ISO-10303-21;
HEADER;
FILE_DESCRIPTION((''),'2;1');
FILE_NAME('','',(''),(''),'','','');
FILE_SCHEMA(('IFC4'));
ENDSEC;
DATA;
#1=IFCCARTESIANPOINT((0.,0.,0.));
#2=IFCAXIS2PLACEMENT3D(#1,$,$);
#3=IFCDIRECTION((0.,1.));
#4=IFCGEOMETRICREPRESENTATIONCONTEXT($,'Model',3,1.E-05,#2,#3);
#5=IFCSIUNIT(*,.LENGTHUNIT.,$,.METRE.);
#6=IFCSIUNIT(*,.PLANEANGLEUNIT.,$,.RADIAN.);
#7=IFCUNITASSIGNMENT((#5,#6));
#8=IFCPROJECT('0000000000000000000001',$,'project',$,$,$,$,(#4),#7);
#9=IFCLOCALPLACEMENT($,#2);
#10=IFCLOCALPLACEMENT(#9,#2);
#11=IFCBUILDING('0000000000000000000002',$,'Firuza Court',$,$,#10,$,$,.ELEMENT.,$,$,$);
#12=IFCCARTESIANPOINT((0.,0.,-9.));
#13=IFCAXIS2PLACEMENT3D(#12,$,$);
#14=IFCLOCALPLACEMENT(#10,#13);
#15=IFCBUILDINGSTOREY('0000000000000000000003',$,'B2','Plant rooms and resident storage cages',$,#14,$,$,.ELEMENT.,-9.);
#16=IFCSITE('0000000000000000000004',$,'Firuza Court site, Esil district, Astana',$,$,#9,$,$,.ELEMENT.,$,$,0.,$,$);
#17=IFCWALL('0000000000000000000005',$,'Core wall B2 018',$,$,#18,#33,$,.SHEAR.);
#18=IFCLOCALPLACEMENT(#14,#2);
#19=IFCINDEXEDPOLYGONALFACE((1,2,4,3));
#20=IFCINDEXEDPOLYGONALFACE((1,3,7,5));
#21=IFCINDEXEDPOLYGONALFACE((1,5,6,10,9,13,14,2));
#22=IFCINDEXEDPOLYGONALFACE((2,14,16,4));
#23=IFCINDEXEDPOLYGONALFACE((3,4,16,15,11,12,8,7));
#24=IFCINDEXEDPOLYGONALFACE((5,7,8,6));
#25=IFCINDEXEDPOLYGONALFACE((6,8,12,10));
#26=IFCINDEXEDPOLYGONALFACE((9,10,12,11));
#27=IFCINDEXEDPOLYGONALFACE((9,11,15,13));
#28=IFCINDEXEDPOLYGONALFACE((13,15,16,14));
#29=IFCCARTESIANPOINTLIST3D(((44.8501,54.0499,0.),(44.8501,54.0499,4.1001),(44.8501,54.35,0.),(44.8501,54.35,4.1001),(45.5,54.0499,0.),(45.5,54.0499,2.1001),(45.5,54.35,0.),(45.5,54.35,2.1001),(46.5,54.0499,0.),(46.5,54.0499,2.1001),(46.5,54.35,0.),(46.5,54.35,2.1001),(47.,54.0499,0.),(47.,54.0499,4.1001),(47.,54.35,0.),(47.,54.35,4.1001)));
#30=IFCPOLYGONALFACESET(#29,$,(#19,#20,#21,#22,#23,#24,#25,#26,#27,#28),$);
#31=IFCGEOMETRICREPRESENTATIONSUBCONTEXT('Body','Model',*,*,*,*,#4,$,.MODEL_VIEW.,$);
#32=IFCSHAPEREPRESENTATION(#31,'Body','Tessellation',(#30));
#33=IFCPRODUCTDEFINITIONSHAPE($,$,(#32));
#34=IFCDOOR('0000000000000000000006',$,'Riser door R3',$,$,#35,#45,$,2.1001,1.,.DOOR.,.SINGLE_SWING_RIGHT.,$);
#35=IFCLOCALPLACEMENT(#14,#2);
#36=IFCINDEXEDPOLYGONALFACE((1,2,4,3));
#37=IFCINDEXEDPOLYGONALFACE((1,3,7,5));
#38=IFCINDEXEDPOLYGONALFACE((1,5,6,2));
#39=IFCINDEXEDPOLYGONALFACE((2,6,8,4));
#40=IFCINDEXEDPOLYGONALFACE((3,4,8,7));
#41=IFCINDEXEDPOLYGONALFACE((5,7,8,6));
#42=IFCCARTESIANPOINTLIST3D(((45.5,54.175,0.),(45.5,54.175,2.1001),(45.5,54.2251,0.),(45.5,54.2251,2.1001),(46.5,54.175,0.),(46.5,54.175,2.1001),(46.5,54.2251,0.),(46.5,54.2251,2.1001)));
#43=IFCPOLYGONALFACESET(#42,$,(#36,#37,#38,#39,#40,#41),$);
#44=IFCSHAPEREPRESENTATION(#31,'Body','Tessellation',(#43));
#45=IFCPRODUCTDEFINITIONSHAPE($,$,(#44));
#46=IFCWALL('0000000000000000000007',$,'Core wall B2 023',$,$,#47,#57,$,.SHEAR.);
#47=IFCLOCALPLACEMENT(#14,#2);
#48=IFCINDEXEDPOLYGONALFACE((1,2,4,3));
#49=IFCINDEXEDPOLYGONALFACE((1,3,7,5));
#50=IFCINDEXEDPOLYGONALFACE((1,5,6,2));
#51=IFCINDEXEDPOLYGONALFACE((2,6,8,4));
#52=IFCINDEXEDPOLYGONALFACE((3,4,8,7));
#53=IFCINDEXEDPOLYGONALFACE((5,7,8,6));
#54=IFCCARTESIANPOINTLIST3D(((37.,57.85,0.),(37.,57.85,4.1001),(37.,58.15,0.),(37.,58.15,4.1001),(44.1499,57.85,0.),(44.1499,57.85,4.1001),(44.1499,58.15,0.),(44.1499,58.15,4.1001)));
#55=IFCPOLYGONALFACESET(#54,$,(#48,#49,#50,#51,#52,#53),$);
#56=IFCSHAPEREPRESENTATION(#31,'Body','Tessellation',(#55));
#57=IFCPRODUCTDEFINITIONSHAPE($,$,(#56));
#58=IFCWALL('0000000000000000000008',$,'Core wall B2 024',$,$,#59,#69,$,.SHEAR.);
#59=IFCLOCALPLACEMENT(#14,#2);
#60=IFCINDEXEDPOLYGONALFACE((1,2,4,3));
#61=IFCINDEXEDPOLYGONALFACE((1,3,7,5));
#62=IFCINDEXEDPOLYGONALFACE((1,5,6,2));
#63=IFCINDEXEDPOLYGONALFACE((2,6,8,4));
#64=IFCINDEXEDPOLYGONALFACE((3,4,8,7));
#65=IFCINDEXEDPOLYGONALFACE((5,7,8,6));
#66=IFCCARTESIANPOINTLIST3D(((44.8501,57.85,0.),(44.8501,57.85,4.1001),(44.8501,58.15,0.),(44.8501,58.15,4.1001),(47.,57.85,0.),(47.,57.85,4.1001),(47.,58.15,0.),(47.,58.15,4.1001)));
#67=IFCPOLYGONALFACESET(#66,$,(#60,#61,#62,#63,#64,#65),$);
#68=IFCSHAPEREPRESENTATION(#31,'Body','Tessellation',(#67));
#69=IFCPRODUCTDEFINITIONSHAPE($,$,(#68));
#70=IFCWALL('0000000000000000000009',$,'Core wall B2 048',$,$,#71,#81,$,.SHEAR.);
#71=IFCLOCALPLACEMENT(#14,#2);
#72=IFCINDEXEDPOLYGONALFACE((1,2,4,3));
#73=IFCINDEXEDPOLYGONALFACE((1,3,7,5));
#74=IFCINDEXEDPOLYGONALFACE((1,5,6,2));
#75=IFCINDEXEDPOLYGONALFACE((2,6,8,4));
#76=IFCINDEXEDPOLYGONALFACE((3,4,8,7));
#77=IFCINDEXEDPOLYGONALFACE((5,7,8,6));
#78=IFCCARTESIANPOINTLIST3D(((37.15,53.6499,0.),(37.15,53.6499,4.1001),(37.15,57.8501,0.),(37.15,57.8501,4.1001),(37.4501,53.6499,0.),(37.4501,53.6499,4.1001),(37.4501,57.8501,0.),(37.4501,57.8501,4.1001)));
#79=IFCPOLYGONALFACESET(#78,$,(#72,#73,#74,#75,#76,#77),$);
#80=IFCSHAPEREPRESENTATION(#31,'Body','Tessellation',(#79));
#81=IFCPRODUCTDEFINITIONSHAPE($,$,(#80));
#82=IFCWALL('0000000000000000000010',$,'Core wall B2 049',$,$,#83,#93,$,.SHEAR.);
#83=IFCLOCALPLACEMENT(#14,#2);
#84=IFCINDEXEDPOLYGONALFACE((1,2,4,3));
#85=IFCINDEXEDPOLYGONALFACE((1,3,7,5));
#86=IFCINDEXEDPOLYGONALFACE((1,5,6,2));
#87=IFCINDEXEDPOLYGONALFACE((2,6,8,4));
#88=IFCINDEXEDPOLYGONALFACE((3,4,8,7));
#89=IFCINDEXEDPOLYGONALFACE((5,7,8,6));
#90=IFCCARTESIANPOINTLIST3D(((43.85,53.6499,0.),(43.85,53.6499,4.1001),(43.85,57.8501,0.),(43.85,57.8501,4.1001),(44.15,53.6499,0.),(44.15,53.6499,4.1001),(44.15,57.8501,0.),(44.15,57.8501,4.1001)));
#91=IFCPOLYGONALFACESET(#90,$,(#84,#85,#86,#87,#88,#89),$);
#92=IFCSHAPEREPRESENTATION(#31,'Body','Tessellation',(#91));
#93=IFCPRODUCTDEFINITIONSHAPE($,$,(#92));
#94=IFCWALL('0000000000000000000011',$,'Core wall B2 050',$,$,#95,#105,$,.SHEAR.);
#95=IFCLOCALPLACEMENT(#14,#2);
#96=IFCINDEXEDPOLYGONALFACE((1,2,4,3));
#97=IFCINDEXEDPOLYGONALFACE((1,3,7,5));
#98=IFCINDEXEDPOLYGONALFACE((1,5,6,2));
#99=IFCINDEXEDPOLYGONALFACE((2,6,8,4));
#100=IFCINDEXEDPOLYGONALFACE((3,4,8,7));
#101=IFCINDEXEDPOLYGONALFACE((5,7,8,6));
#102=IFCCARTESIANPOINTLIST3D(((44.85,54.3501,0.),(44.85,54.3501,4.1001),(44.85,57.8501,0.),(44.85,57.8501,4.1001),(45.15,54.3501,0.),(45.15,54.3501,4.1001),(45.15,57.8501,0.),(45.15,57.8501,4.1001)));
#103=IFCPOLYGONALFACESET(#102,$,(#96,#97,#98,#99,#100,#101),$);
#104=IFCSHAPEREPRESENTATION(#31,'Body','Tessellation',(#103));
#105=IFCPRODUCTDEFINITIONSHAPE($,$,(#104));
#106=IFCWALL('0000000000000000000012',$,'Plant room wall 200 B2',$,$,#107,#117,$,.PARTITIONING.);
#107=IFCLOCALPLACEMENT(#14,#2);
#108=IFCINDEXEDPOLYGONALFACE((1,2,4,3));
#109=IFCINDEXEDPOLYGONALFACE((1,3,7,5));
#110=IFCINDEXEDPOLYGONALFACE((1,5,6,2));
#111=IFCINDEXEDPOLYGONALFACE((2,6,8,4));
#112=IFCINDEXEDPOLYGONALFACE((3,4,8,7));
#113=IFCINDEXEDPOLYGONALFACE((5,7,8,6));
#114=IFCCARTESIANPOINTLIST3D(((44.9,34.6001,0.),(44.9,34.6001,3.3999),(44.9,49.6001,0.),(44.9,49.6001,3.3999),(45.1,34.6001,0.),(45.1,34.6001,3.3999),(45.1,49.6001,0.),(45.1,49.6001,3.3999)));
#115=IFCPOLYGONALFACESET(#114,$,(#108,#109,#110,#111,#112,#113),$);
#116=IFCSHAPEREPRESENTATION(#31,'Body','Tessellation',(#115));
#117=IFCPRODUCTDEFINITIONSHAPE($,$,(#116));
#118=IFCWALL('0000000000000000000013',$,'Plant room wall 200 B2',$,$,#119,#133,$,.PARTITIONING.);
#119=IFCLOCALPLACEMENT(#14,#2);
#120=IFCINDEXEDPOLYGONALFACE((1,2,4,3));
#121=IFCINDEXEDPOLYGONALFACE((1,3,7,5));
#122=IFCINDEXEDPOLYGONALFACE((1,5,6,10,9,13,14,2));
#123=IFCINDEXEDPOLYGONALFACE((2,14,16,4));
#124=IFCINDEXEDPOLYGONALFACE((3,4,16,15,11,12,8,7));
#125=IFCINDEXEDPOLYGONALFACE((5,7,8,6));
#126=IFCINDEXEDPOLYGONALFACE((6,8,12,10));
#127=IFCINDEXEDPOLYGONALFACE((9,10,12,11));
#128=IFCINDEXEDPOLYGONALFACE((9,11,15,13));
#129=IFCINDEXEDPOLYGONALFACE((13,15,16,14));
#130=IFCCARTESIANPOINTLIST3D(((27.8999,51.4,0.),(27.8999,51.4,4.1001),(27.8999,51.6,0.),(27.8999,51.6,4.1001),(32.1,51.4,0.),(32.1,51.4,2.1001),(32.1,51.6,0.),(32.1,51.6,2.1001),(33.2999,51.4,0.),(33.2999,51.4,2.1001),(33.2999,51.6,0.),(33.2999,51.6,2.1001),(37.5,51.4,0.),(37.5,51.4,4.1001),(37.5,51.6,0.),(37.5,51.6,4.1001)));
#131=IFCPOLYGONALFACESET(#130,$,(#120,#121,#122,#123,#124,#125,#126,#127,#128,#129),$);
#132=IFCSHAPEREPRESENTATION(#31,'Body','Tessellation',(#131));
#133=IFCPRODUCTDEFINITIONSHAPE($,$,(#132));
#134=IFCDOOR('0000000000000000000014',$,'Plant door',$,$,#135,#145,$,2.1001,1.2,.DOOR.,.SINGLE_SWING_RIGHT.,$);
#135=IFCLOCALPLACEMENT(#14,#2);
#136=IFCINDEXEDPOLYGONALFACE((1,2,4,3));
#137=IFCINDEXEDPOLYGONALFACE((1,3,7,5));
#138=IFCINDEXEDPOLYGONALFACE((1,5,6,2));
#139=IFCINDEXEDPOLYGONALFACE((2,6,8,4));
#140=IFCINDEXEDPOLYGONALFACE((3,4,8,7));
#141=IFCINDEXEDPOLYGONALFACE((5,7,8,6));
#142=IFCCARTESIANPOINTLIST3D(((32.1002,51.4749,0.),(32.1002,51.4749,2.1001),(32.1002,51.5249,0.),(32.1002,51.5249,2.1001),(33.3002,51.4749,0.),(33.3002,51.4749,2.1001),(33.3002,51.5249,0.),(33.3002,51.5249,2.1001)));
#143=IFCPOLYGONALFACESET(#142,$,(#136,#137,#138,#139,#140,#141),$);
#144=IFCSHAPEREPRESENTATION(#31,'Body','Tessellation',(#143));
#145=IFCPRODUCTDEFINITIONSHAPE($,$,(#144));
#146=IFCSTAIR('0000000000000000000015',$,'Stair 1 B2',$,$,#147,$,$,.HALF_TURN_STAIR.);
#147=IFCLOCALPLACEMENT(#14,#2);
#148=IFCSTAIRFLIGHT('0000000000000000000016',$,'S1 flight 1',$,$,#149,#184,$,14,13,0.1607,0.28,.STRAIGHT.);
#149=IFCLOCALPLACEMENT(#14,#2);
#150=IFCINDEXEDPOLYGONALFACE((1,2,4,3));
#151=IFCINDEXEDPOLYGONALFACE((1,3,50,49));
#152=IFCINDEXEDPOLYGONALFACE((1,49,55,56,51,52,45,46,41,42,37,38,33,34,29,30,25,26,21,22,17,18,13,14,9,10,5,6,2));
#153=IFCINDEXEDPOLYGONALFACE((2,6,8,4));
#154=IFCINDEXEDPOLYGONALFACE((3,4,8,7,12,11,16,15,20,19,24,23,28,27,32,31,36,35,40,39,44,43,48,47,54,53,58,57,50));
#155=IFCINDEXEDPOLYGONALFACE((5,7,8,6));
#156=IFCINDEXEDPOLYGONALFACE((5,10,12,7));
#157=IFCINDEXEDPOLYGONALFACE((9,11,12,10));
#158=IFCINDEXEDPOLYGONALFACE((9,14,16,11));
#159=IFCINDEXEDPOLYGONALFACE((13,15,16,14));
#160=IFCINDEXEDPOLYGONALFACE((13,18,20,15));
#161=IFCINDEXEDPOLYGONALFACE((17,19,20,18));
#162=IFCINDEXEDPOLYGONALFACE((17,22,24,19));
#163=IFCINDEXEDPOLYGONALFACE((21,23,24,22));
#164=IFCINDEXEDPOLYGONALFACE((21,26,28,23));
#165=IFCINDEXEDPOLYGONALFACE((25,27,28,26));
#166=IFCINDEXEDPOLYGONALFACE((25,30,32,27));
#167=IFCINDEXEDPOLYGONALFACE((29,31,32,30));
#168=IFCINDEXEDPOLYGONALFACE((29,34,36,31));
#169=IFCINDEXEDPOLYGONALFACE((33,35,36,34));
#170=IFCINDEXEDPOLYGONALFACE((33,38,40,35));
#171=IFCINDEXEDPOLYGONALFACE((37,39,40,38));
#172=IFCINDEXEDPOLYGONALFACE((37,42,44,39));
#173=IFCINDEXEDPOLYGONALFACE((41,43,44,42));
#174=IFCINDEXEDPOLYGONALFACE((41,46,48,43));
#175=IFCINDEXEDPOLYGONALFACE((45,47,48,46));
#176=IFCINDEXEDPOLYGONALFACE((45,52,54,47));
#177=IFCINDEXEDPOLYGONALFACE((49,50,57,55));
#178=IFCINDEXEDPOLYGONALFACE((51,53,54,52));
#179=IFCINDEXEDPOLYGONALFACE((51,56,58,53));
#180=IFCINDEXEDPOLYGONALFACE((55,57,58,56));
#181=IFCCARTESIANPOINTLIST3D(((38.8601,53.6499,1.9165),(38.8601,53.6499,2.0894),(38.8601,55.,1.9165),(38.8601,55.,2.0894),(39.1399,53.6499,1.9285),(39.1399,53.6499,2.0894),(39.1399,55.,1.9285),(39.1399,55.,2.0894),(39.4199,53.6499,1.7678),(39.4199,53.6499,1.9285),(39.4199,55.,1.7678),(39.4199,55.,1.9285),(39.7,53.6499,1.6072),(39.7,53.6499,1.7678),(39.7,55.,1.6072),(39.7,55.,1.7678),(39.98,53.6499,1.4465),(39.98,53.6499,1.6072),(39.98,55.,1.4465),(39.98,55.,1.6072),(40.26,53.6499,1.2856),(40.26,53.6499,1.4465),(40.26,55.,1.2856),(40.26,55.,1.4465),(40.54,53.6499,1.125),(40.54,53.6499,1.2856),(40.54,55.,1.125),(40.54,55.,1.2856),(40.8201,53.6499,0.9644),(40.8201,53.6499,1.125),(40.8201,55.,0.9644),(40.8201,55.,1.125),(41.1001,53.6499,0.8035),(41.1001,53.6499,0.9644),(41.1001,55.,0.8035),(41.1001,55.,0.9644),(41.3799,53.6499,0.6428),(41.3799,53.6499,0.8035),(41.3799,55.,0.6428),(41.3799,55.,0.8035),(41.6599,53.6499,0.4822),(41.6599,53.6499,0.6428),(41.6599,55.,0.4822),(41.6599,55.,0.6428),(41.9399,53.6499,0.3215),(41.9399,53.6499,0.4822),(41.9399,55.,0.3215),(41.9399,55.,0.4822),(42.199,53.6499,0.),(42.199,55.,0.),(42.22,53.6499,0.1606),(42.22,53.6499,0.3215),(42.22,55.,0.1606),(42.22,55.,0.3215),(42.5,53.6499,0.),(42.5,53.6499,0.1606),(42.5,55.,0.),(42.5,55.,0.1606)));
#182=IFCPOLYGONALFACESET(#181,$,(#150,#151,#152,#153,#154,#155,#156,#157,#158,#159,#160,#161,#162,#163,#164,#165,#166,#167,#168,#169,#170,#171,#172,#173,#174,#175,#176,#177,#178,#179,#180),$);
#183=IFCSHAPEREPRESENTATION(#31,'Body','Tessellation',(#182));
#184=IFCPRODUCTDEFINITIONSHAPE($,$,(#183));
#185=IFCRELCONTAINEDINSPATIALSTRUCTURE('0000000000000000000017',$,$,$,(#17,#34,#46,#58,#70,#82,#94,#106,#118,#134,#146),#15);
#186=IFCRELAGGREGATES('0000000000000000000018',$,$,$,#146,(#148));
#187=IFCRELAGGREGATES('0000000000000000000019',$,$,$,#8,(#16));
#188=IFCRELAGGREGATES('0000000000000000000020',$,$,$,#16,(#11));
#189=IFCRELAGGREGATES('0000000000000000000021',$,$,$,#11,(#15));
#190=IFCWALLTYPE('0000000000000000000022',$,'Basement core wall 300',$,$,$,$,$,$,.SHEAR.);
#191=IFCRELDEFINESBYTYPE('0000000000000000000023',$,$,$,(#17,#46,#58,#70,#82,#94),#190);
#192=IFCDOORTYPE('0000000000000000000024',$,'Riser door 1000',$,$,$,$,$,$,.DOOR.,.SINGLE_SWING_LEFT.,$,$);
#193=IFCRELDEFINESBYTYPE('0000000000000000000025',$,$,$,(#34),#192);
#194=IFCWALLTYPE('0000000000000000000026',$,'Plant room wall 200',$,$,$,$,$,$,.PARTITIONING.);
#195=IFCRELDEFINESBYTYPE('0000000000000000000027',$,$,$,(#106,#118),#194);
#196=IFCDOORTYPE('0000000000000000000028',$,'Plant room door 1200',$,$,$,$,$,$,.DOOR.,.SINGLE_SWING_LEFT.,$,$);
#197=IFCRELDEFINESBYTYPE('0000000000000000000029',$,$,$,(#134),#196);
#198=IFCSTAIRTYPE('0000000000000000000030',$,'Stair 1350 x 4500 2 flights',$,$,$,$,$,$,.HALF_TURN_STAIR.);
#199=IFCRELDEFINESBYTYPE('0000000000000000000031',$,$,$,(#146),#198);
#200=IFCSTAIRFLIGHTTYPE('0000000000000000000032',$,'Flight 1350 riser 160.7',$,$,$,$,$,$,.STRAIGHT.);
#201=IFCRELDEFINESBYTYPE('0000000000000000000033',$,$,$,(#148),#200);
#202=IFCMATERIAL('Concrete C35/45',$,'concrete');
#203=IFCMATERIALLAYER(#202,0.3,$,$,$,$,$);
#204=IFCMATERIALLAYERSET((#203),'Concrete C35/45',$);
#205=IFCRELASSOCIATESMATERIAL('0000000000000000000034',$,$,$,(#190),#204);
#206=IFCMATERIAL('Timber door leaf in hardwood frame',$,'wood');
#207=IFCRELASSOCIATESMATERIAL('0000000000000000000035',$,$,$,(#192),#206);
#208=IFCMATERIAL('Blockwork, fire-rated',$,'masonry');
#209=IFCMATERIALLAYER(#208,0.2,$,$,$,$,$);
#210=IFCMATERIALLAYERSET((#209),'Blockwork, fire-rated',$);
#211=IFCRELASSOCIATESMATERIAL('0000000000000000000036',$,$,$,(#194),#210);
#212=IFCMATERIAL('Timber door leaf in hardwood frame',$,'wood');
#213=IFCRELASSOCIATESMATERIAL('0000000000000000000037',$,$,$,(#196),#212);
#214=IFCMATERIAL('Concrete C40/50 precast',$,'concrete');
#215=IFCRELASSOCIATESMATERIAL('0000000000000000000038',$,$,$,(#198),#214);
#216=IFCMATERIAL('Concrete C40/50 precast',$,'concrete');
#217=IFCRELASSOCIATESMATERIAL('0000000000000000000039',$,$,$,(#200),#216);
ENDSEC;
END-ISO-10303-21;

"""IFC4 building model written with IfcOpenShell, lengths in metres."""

from ifc_helpers import new_model, si_unit, direction, frame, frame_2d, origin, place, context, subcontext, project, spatial, polyline, rectangle, outline, extrude, material, layer, layer_set, type_object, element, fill, aggregate, save


model = new_model("IFC4")

# Units and contexts
model_context = context("Model", 3, precision=1e-05, world=origin(), true_north=direction((0.0, 1.0)))
body_context = subcontext(model_context, "Body", "Model", "MODEL_VIEW")
ifc_project = project(units=[si_unit("LENGTHUNIT", "METRE"), si_unit("PLANEANGLEUNIT", "RADIAN")], contexts=[model_context])

# Site, building, storey
site_placement = place(None, origin())
site = spatial("IfcSite", under=ifc_project, at=site_placement, Name="Firuza Court site, Esil district, Astana", CompositionType="ELEMENT", RefElevation=0.0)
building_placement = place(site_placement, origin())
building = spatial("IfcBuilding", under=site, at=building_placement, Name="Firuza Court", CompositionType="ELEMENT")
storey_placement = place(building_placement, frame((0.0, 0.0, -9.0)))
storey = spatial("IfcBuildingStorey", under=building, at=storey_placement, Name="B2", Description="Plant rooms and resident storage cages", CompositionType="ELEMENT", Elevation=-9.0)

# Wall, opening, door
ifc_material_1 = material(Name="Concrete C35/45", Category="concrete")
ifc_layer_1 = layer(ifc_material_1, 0.3)
ifc_layer_set_1 = layer_set([ifc_layer_1], Name="Concrete C35/45")
wall_type_1 = type_object("IfcWallType", Name="Basement core wall 300", PredefinedType="SHEAR", material=ifc_layer_set_1)
wall_1_placement = place(storey_placement, frame((44.8501, 54.2, 0.0), z_axis=(0.0, 0.0, 1.0), x_axis=(1.0, 0.0, 0.0)))
wall_1 = element("IfcWall", 1, at=wall_1_placement, inside=storey, type_object=wall_type_1, Name="Core wall B2 018", PredefinedType="SHEAR", context=body_context, shape_type="SweptSolid", body=[
    extrude(rectangle(XDim=2.1499, YDim=0.3, at=frame_2d((1.075, 0.0))), origin(), (0.0, 0.0, 1.0), 4.1001),
])
opening_1_placement = place(wall_1_placement, frame((0.6499, 0.0, 0.0)))
opening_1 = element("IfcOpeningElement", 2, at=opening_1_placement, cuts=wall_1, PredefinedType="OPENING", context=body_context, shape_type="SweptSolid", body=[
    extrude(rectangle(XDim=1.0, YDim=2.1001, at=frame_2d((0.5, 1.05))), frame((0.0, 0.1621, 0.0), z_axis=(0.0, -1.0, 0.0), x_axis=(1.0, 0.0, 0.0)), (0.0, 0.0, 1.0), 0.324),
])
ifc_material_2 = material(Name="Timber door leaf in hardwood frame", Category="wood")
door_type_1 = type_object("IfcDoorType", Name="Riser door 1000", OperationType="SINGLE_SWING_LEFT", PredefinedType="DOOR", material=ifc_material_2)
door_1_placement = place(opening_1_placement, frame((1.0, 0.0, 0.0), z_axis=(0.0, 0.0, 1.0), x_axis=(-1.0, 0.0, 0.0)))
door_1 = element("IfcDoor", 3, at=door_1_placement, inside=storey, type_object=door_type_1, Name="Riser door R3", OperationType="SINGLE_SWING_RIGHT", OverallHeight=2.1001, OverallWidth=1.0, PredefinedType="DOOR", context=body_context, shape_type="SweptSolid", body=[
    extrude(rectangle(XDim=1.0, YDim=2.1001, at=frame_2d((0.5, 1.05))), frame((0.0, 0.0249, 0.0), z_axis=(0.0, -1.0, 0.0), x_axis=(1.0, 0.0, 0.0)), (0.0, 0.0, 1.0), 0.05),
])
fill(opening_1, door_1)

# Walls
wall_2_placement = place(storey_placement, frame((37.0, 58.0, 0.0), z_axis=(0.0, 0.0, 1.0), x_axis=(1.0, 0.0, 0.0)))
element("IfcWall", 4, at=wall_2_placement, inside=storey, type_object=wall_type_1, Name="Core wall B2 023", PredefinedType="SHEAR", context=body_context, shape_type="SweptSolid", body=[
    extrude(rectangle(XDim=7.1499, YDim=0.3, at=frame_2d((3.575, 0.0))), origin(), (0.0, 0.0, 1.0), 4.1001),
])
wall_3_placement = place(storey_placement, frame((44.8501, 58.0, 0.0), z_axis=(0.0, 0.0, 1.0), x_axis=(1.0, 0.0, 0.0)))
element("IfcWall", 5, at=wall_3_placement, inside=storey, type_object=wall_type_1, Name="Core wall B2 024", PredefinedType="SHEAR", context=body_context, shape_type="SweptSolid", body=[
    extrude(rectangle(XDim=2.1499, YDim=0.3, at=frame_2d((1.075, 0.0))), origin(), (0.0, 0.0, 1.0), 4.1001),
])
for number, where, z_axis, x_axis, name in (
    (6, (37.3, 53.6499, 0.0), (0.0, 0.0, 1.0), (0.0, 1.0, 0.0), "Core wall B2 048"),
    (7, (44.0, 53.6499, 0.0), (0.0, 0.0, 1.0), (0.0, 1.0, 0.0), "Core wall B2 049"),
):
    element("IfcWall", number, at=place(storey_placement, frame(where, z_axis=z_axis, x_axis=x_axis)), inside=storey, type_object=wall_type_1, Name=name, PredefinedType="SHEAR", context=body_context, shape_type="SweptSolid", body=[
        extrude(rectangle(XDim=4.2002, YDim=0.3, at=frame_2d((2.1001, 0.0))), origin(), (0.0, 0.0, 1.0), 4.1001),
    ])
wall_4_placement = place(storey_placement, frame((45.0, 54.3501, 0.0), z_axis=(0.0, 0.0, 1.0), x_axis=(0.0, 1.0, 0.0)))
element("IfcWall", 8, at=wall_4_placement, inside=storey, type_object=wall_type_1, Name="Core wall B2 050", PredefinedType="SHEAR", context=body_context, shape_type="SweptSolid", body=[
    extrude(rectangle(XDim=3.5, YDim=0.3, at=frame_2d((1.75, 0.0))), origin(), (0.0, 0.0, 1.0), 4.1001),
])
ifc_material_3 = material(Name="Blockwork, fire-rated", Category="masonry")
ifc_layer_2 = layer(ifc_material_3, 0.2)
ifc_layer_set_2 = layer_set([ifc_layer_2], Name="Blockwork, fire-rated")
wall_type_2 = type_object("IfcWallType", Name="Plant room wall 200", PredefinedType="PARTITIONING", material=ifc_layer_set_2)
wall_5_placement = place(storey_placement, frame((45.0, 49.6001, 0.0), z_axis=(0.0, 0.0, 1.0), x_axis=(0.0, -1.0, 0.0)))
element("IfcWall", 9, at=wall_5_placement, inside=storey, type_object=wall_type_2, Name="Plant room wall 200 B2", PredefinedType="PARTITIONING", context=body_context, shape_type="SweptSolid", body=[
    extrude(rectangle(XDim=15.0, YDim=0.2, at=frame_2d((7.5, 0.0))), origin(), (0.0, 0.0, 1.0), 3.3999),
])

# Wall, opening, door
wall_6_placement = place(storey_placement, frame((37.5, 51.5, 0.0), z_axis=(0.0, 0.0, 1.0), x_axis=(-1.0, 0.0, 0.0)))
wall_6 = element("IfcWall", 10, at=wall_6_placement, inside=storey, type_object=wall_type_2, Name="Plant room wall 200 B2", PredefinedType="PARTITIONING", context=body_context, shape_type="SweptSolid", body=[
    extrude(rectangle(XDim=9.6001, YDim=0.2, at=frame_2d((4.8, 0.0))), origin(), (0.0, 0.0, 1.0), 4.1001),
])
opening_2_placement = place(wall_6_placement, frame((4.2, 0.0, 0.0)))
opening_2 = element("IfcOpeningElement", 11, at=opening_2_placement, cuts=wall_6, PredefinedType="OPENING", context=body_context, shape_type="SweptSolid", body=[
    extrude(rectangle(XDim=1.2, YDim=2.1001, at=frame_2d((0.6001, 1.05))), frame((0.0, 0.1118, 0.0), z_axis=(0.0, -1.0, 0.0), x_axis=(1.0, 0.0, 0.0)), (0.0, 0.0, 1.0), 0.2239),
])
ifc_material_4 = material(Name="Timber door leaf in hardwood frame", Category="wood")
door_type_2 = type_object("IfcDoorType", Name="Plant room door 1200", OperationType="SINGLE_SWING_LEFT", PredefinedType="DOOR", material=ifc_material_4)
door_2_placement = place(opening_2_placement, frame((1.2, 0.0, 0.0), z_axis=(0.0, 0.0, 1.0), x_axis=(-1.0, 0.0, 0.0)))
door_2 = element("IfcDoor", 12, at=door_2_placement, inside=storey, type_object=door_type_2, Name="Plant door", OperationType="SINGLE_SWING_RIGHT", OverallHeight=2.1001, OverallWidth=1.2, PredefinedType="DOOR", context=body_context, shape_type="SweptSolid", body=[
    extrude(rectangle(XDim=1.2, YDim=2.1001, at=frame_2d((0.6001, 1.05))), frame((0.0, 0.0249, 0.0), z_axis=(0.0, -1.0, 0.0), x_axis=(1.0, 0.0, 0.0)), (0.0, 0.0, 1.0), 0.05),
])
fill(opening_2, door_2)

# Stair, stair flight
ifc_material_5 = material(Name="Concrete C40/50 precast", Category="concrete")
stair_type = type_object("IfcStairType", Name="Stair 1350 x 4500 2 flights", PredefinedType="HALF_TURN_STAIR", material=ifc_material_5)
stair_placement = place(storey_placement, origin())
stair = element("IfcStair", 13, at=stair_placement, inside=storey, type_object=stair_type, Name="Stair 1 B2", PredefinedType="HALF_TURN_STAIR")
ifc_material_6 = material(Name="Concrete C40/50 precast", Category="concrete")
stair_flight_type = type_object("IfcStairFlightType", Name="Flight 1350 riser 160.7", PredefinedType="STRAIGHT", material=ifc_material_6)
stair_flight_1_placement = place(storey_placement, frame((42.5, 54.325, 0.0), z_axis=(0.0, 0.0, 1.0), x_axis=(-1.0, 0.0, 0.0)))
stair_flight_1 = element("IfcStairFlight", 14, at=stair_flight_1_placement, type_object=stair_flight_type, Name="S1 flight 1", NumberOfRisers=14, NumberOfTreads=13, PredefinedType="STRAIGHT", RiserHeight=0.1607, TreadLength=0.28, context=body_context, shape_type="SweptSolid", body=[
    extrude(outline(polyline([(0.0, 0.0), (0.0, 0.1606), (0.28, 0.1606), (0.28, 0.3215), (0.5601, 0.3215), (0.5601, 0.4822), (0.8401, 0.4822), (0.8401, 0.6428), (1.1201, 0.6428), (1.1201, 0.8035), (1.3999, 0.8035), (1.3999, 0.9644), (1.6799, 0.9644), (1.6799, 1.125), (1.96, 1.125), (1.96, 1.2856), (2.24, 1.2856), (2.24, 1.4465), (2.52, 1.4465), (2.52, 1.6072), (2.8, 1.6072), (2.8, 1.7678), (3.0801, 1.7678), (3.0801, 1.9285), (3.3601, 1.9285), (3.3601, 2.0894), (3.6399, 2.0894), (3.6399, 2.25), (3.6399, 1.9165), (0.301, 0.0), (0.0, 0.0)])), frame((0.0, 0.675, 0.0), z_axis=(0.0, -1.0, 0.0), x_axis=(1.0, 0.0, 0.0)), (0.0, 0.0, 1.0), 1.3501),
])
aggregate(stair, [stair_flight_1])

save(model, "model.ifc")
